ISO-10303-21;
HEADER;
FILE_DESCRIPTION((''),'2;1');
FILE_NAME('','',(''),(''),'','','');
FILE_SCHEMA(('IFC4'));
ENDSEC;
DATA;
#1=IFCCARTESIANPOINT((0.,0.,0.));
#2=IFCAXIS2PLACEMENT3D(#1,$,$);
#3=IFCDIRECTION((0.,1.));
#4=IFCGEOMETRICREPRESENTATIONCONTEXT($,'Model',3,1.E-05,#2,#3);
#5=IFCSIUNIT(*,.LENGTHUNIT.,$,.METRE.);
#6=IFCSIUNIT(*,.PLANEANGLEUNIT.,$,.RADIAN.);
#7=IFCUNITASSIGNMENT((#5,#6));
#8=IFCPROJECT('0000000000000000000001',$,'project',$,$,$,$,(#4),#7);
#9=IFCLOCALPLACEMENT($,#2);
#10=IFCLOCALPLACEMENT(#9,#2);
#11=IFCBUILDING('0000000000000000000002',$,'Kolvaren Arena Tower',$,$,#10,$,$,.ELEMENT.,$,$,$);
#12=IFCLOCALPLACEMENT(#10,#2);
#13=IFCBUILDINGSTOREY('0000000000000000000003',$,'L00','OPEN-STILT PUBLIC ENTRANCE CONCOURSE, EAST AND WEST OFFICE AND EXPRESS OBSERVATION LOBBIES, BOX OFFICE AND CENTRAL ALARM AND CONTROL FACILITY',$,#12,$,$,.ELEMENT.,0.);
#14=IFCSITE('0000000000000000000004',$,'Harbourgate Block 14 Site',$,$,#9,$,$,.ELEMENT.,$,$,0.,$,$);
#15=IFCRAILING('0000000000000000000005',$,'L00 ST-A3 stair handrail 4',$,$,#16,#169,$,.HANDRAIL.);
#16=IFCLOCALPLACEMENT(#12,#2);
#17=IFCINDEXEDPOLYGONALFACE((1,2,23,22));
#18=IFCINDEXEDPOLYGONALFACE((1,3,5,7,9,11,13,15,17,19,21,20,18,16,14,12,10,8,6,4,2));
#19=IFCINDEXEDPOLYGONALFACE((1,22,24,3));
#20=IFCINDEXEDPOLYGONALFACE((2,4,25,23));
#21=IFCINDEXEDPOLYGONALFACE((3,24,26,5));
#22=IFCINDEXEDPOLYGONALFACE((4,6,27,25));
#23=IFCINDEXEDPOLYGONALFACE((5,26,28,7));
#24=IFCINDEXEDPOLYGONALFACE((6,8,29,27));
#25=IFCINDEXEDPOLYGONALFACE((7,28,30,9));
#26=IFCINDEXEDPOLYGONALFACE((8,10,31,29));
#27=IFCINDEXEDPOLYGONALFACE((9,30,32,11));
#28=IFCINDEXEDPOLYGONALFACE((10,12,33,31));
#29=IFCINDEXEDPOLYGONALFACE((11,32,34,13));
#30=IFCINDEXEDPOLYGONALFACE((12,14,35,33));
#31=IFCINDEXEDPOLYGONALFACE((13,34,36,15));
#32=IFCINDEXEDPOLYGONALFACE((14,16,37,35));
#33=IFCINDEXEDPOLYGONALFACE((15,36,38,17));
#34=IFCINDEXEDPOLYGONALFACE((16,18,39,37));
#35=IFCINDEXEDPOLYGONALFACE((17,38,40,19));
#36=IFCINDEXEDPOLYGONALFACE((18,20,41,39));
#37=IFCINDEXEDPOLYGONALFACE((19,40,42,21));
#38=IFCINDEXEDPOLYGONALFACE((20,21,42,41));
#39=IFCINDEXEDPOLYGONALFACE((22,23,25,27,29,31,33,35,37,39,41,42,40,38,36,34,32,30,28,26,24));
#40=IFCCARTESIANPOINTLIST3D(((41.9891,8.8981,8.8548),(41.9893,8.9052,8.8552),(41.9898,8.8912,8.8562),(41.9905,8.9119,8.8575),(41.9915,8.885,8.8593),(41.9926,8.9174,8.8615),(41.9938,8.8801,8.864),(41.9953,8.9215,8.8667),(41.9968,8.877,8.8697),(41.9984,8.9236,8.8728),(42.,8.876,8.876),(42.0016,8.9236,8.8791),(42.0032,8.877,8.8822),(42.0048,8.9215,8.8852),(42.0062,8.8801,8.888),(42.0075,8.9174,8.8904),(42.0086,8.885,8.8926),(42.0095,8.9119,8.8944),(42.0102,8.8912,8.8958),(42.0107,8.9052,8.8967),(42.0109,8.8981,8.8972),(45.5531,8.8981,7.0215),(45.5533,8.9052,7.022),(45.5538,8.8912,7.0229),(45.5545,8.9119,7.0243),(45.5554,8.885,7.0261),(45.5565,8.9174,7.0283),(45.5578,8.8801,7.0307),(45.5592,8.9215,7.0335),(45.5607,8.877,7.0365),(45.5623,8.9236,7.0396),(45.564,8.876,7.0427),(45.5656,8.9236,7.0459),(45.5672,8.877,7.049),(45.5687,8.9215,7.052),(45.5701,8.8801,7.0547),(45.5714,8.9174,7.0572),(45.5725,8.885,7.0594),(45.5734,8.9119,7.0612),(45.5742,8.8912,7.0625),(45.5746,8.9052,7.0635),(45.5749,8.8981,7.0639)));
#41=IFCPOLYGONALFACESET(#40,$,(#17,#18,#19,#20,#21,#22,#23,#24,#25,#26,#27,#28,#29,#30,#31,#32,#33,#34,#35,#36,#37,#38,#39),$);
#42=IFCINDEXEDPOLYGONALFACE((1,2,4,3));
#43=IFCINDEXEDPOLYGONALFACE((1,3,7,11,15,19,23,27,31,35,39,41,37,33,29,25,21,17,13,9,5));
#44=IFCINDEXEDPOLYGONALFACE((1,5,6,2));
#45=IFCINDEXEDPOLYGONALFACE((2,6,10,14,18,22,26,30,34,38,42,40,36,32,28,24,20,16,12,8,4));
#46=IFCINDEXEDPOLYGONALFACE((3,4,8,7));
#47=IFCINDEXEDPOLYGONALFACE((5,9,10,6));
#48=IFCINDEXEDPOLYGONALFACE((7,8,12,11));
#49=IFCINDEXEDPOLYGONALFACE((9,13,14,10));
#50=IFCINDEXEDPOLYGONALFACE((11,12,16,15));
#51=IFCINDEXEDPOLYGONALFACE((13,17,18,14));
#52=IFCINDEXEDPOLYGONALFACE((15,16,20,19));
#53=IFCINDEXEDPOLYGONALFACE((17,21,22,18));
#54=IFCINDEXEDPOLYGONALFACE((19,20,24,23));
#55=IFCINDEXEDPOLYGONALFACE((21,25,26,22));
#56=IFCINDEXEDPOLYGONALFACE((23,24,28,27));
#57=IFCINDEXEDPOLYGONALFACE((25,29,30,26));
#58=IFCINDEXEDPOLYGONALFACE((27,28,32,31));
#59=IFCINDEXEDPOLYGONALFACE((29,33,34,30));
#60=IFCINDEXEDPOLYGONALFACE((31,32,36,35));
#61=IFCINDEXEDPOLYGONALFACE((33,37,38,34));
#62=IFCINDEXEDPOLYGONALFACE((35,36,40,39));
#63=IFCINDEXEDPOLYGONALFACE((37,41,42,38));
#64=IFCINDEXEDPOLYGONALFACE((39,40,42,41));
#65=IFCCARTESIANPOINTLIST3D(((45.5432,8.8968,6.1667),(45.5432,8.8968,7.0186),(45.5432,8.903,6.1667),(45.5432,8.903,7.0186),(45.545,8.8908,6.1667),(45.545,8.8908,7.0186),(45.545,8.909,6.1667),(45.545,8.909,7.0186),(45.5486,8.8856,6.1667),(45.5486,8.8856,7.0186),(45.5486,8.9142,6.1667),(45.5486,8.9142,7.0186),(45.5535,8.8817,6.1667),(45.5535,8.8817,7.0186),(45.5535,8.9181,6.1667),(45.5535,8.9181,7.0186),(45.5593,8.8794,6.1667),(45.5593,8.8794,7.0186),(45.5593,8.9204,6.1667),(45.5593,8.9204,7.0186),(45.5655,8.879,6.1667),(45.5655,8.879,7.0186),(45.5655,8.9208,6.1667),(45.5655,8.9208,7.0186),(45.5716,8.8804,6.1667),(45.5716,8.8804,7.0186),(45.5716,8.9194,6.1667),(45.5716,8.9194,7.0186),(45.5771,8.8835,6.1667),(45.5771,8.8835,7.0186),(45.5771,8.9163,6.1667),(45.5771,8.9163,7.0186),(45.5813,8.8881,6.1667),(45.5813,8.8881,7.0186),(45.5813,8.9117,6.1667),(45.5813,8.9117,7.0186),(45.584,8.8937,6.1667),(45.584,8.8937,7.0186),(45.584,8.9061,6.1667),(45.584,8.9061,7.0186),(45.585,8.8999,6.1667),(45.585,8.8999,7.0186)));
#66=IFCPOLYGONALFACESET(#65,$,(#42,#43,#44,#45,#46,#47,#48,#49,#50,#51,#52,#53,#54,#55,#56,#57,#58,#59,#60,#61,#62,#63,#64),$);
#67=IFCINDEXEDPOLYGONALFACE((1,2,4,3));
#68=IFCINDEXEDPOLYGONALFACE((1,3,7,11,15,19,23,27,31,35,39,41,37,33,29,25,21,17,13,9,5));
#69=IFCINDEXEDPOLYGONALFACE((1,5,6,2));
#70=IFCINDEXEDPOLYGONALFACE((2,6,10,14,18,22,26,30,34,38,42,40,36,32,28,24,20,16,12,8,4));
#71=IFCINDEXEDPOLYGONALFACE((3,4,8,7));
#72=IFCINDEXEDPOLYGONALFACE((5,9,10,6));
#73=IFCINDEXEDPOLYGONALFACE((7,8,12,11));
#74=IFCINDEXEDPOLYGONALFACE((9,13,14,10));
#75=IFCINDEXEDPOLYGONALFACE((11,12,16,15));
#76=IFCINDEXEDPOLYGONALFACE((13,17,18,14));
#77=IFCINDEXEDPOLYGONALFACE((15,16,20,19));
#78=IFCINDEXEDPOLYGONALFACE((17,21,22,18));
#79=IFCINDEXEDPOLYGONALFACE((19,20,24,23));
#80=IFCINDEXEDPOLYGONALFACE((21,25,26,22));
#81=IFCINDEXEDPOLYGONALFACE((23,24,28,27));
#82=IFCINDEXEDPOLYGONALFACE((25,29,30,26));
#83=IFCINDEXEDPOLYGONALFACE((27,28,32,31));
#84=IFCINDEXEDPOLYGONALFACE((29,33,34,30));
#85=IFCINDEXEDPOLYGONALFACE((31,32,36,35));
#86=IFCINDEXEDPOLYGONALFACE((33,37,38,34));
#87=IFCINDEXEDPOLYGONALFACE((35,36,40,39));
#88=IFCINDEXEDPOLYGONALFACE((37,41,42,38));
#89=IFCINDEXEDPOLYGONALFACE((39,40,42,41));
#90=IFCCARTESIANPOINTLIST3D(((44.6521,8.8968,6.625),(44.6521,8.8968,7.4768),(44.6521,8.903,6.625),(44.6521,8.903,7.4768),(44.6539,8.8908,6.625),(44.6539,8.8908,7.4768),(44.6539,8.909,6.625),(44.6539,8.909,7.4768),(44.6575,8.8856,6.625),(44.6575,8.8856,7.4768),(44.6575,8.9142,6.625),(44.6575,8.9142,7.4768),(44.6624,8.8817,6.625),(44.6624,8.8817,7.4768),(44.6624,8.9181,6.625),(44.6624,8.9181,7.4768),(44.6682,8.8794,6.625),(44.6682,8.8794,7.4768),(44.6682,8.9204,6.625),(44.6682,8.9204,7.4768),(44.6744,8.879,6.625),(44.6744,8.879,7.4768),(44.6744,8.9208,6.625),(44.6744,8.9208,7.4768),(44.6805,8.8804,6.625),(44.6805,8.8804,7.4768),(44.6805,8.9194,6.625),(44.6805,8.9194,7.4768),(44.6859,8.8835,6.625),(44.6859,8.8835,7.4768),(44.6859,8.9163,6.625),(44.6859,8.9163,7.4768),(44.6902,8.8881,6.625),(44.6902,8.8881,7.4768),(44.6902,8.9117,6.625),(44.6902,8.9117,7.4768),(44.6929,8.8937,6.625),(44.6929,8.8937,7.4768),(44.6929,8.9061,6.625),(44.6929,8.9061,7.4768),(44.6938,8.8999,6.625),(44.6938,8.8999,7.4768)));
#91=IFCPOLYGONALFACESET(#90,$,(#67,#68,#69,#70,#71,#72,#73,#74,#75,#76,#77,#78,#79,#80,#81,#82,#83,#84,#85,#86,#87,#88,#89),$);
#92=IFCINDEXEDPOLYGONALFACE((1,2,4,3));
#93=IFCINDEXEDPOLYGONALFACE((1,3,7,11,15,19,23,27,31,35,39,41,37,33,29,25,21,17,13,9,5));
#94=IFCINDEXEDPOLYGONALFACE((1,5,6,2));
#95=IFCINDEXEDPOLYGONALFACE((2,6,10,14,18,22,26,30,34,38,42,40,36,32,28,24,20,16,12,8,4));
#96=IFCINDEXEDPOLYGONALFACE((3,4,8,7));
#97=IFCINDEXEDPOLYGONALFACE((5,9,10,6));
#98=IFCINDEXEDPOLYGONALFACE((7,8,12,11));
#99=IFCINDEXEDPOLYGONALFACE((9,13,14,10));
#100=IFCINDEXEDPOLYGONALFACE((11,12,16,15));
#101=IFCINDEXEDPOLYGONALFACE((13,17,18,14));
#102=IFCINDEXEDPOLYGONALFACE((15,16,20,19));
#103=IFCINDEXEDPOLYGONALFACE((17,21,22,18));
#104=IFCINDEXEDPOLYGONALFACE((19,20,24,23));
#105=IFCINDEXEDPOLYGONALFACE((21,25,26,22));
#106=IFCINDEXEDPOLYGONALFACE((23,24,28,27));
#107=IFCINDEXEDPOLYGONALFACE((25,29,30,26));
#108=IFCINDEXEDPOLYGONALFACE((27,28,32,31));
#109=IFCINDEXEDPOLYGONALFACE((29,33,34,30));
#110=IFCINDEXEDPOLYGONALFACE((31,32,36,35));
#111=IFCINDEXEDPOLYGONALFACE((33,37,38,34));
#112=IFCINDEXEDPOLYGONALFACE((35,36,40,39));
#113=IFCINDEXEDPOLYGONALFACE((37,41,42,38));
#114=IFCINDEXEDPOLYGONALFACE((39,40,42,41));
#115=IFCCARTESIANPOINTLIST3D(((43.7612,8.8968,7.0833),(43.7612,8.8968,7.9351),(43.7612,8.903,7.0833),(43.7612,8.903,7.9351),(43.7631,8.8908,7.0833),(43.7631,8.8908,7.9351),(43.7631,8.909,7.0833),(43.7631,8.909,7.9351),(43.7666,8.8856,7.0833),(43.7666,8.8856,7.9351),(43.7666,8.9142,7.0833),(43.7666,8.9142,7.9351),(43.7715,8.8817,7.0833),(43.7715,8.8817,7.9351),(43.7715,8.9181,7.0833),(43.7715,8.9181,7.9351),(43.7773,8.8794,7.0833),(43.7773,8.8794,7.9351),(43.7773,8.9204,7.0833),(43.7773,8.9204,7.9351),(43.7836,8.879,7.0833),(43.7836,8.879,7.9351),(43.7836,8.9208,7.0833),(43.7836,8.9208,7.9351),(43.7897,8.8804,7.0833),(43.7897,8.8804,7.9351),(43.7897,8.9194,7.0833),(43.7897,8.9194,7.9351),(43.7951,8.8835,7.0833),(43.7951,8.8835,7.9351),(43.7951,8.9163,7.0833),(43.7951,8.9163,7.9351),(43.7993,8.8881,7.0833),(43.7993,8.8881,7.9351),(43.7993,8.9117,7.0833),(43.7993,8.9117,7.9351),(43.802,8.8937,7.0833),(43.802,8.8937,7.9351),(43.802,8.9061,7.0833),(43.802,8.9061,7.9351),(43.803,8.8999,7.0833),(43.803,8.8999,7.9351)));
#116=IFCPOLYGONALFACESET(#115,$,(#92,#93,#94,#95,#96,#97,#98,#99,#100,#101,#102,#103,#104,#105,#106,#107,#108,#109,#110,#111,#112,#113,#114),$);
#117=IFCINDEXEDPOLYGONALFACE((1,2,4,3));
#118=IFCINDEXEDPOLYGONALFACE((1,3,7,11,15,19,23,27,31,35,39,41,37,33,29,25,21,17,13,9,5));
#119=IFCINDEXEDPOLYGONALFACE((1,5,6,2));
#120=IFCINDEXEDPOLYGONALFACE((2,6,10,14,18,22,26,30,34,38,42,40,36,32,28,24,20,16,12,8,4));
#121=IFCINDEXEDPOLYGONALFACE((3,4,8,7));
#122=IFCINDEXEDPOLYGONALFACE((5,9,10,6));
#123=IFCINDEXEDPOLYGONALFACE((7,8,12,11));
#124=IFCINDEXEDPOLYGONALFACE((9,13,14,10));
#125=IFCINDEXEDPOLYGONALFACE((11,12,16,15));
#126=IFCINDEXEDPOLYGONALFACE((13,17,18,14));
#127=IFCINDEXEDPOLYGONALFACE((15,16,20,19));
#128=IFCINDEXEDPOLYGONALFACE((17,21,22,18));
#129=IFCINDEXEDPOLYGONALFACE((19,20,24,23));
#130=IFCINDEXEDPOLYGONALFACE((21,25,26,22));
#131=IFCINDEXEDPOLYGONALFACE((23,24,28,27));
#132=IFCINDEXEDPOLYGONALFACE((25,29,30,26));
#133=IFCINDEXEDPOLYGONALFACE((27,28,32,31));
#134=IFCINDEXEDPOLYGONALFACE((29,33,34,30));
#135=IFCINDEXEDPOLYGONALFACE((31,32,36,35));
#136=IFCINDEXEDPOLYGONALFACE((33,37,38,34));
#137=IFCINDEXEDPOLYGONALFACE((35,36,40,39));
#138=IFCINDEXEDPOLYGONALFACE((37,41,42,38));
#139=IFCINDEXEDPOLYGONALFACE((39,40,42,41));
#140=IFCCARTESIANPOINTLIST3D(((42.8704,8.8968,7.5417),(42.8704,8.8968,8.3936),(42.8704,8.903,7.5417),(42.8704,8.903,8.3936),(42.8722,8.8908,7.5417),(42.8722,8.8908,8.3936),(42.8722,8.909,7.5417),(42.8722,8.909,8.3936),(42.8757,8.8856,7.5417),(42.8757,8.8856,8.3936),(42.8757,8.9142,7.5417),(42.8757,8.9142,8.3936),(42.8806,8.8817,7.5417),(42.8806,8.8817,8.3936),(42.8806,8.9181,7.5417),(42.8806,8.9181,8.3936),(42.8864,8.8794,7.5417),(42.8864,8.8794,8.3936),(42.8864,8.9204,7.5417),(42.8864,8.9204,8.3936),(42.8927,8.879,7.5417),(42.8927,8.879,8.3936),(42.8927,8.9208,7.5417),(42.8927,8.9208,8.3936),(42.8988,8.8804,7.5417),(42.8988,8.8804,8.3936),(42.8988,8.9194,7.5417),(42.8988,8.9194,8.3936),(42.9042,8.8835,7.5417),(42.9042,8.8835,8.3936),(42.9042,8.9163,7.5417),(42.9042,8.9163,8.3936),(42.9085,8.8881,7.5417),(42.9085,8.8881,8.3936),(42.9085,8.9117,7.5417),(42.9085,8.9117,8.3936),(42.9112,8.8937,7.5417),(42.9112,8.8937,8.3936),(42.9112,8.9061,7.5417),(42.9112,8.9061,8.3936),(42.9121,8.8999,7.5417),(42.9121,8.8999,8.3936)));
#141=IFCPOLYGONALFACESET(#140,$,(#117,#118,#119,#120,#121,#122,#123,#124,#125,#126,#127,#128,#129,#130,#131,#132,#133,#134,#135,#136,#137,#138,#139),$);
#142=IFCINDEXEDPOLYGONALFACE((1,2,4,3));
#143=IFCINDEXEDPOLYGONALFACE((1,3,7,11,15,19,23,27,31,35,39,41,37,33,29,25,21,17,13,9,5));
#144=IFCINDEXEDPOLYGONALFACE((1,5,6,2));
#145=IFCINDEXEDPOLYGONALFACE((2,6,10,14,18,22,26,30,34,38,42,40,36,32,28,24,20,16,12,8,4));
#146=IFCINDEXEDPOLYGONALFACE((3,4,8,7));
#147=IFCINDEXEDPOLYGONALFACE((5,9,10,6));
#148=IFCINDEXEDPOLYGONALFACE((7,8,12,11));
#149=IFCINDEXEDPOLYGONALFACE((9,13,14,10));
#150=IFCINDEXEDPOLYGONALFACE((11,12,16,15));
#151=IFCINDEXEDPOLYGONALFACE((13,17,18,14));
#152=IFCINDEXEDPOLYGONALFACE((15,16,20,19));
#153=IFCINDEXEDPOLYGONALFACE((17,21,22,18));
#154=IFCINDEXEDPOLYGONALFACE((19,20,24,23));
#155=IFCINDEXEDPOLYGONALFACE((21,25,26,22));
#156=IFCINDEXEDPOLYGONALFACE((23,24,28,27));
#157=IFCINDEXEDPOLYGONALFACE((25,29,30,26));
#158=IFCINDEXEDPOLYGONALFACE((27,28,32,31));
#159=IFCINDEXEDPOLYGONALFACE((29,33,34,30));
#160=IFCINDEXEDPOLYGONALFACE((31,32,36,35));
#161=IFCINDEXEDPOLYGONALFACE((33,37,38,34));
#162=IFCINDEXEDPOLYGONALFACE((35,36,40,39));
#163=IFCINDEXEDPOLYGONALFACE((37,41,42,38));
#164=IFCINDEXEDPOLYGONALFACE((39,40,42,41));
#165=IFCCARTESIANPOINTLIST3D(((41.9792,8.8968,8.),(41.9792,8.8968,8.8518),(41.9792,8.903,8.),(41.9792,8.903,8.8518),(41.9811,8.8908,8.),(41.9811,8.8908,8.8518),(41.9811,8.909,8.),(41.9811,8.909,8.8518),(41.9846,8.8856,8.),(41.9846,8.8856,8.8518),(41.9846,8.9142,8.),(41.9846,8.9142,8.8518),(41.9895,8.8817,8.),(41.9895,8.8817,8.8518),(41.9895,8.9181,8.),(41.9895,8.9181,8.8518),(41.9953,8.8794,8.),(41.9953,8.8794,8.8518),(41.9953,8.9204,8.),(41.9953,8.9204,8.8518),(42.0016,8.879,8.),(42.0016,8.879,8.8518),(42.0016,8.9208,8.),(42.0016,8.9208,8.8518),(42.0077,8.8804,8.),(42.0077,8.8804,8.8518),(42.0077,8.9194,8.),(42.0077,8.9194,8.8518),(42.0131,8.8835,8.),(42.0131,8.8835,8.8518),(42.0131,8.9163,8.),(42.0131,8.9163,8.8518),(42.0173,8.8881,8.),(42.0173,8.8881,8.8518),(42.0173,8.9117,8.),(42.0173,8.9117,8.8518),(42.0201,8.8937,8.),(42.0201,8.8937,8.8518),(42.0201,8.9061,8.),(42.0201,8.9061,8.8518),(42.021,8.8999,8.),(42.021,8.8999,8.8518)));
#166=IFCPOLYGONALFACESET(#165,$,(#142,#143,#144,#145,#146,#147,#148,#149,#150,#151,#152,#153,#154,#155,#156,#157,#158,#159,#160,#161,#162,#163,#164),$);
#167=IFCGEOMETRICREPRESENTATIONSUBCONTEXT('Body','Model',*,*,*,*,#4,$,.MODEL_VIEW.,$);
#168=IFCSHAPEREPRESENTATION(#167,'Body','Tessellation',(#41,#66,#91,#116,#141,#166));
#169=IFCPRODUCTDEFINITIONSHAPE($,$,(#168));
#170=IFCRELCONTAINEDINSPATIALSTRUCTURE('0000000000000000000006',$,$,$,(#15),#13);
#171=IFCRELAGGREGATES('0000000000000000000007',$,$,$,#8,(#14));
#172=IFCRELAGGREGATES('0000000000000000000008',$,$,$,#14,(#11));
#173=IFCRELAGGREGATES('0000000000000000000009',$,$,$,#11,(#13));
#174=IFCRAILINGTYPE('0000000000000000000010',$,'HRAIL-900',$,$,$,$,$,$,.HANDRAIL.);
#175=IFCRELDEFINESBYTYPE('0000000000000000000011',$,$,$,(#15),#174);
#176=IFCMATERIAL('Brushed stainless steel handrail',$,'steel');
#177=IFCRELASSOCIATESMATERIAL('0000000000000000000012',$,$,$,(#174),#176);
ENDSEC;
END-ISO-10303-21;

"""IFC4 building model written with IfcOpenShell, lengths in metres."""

from ifc_helpers import new_model, si_unit, direction, frame, origin, origin_2d, place, context, subcontext, project, spatial, circle, extrude, material, type_object, element, save


model = new_model("IFC4")

# Units and contexts
model_context = context("Model", 3, precision=1e-05, world=origin(), true_north=direction((0.0, 1.0)))
body_context = subcontext(model_context, "Body", "Model", "MODEL_VIEW")
ifc_project = project(units=[si_unit("LENGTHUNIT", "METRE"), si_unit("PLANEANGLEUNIT", "RADIAN")], contexts=[model_context])

# Site, building, storey
site_placement = place(None, origin())
site = spatial("IfcSite", under=ifc_project, at=site_placement, Name="Harbourgate Block 14 Site", CompositionType="ELEMENT", RefElevation=0.0)
building_placement = place(site_placement, origin())
building = spatial("IfcBuilding", under=site, at=building_placement, Name="Kolvaren Arena Tower", CompositionType="ELEMENT")
storey_placement = place(building_placement, origin())
storey = spatial("IfcBuildingStorey", under=building, at=storey_placement, Name="L00", Description="OPEN-STILT PUBLIC ENTRANCE CONCOURSE, EAST AND WEST OFFICE AND EXPRESS OBSERVATION LOBBIES, BOX OFFICE AND CENTRAL ALARM AND CONTROL FACILITY", CompositionType="ELEMENT", Elevation=0.0)

# Railing
ifc_material_1 = material(Name="Brushed stainless steel handrail", Category="steel")
railing_type_1 = type_object("IfcRailingType", Name="HRAIL-900", PredefinedType="HANDRAIL", material=ifc_material_1)
for number, where, name in (
    (1, (45.564, 8.8999, 6.1667), "L00 ST-A3 stair handrail 4"),
):
    element("IfcRailing", number, at=place(storey_placement, frame(where)), inside=storey, type_object=railing_type_1, Name=name, PredefinedType="HANDRAIL", context=body_context, shape_type="SweptSolid", body=[
        extrude(circle(Radius=0.0239, at=origin_2d()), frame((0.0, 0.0, 0.876), z_axis=(-0.889252, 0.0, 0.457418), x_axis=(0.0, -1.0, 0.0)), (0.0, 0.0, 1.0), 4.0078),
        extrude(circle(Radius=0.021, at=origin_2d()), origin(), (0.0, 0.0, 1.0), 0.8518),
        extrude(circle(Radius=0.021, at=origin_2d()), frame((-0.8911, 0.0, 0.4583)), (0.0, 0.0, 1.0), 0.8518),
        extrude(circle(Radius=0.021, at=origin_2d()), frame((-1.782, 0.0, 0.9165)), (0.0, 0.0, 1.0), 0.8518),
        extrude(circle(Radius=0.021, at=origin_2d()), frame((-2.6729, 0.0, 1.375)), (0.0, 0.0, 1.0), 0.8518),
        extrude(circle(Radius=0.021, at=origin_2d()), frame((-3.564, 0.0, 1.8333)), (0.0, 0.0, 1.0), 0.8518),
    ])

save(model, "model.ifc")
